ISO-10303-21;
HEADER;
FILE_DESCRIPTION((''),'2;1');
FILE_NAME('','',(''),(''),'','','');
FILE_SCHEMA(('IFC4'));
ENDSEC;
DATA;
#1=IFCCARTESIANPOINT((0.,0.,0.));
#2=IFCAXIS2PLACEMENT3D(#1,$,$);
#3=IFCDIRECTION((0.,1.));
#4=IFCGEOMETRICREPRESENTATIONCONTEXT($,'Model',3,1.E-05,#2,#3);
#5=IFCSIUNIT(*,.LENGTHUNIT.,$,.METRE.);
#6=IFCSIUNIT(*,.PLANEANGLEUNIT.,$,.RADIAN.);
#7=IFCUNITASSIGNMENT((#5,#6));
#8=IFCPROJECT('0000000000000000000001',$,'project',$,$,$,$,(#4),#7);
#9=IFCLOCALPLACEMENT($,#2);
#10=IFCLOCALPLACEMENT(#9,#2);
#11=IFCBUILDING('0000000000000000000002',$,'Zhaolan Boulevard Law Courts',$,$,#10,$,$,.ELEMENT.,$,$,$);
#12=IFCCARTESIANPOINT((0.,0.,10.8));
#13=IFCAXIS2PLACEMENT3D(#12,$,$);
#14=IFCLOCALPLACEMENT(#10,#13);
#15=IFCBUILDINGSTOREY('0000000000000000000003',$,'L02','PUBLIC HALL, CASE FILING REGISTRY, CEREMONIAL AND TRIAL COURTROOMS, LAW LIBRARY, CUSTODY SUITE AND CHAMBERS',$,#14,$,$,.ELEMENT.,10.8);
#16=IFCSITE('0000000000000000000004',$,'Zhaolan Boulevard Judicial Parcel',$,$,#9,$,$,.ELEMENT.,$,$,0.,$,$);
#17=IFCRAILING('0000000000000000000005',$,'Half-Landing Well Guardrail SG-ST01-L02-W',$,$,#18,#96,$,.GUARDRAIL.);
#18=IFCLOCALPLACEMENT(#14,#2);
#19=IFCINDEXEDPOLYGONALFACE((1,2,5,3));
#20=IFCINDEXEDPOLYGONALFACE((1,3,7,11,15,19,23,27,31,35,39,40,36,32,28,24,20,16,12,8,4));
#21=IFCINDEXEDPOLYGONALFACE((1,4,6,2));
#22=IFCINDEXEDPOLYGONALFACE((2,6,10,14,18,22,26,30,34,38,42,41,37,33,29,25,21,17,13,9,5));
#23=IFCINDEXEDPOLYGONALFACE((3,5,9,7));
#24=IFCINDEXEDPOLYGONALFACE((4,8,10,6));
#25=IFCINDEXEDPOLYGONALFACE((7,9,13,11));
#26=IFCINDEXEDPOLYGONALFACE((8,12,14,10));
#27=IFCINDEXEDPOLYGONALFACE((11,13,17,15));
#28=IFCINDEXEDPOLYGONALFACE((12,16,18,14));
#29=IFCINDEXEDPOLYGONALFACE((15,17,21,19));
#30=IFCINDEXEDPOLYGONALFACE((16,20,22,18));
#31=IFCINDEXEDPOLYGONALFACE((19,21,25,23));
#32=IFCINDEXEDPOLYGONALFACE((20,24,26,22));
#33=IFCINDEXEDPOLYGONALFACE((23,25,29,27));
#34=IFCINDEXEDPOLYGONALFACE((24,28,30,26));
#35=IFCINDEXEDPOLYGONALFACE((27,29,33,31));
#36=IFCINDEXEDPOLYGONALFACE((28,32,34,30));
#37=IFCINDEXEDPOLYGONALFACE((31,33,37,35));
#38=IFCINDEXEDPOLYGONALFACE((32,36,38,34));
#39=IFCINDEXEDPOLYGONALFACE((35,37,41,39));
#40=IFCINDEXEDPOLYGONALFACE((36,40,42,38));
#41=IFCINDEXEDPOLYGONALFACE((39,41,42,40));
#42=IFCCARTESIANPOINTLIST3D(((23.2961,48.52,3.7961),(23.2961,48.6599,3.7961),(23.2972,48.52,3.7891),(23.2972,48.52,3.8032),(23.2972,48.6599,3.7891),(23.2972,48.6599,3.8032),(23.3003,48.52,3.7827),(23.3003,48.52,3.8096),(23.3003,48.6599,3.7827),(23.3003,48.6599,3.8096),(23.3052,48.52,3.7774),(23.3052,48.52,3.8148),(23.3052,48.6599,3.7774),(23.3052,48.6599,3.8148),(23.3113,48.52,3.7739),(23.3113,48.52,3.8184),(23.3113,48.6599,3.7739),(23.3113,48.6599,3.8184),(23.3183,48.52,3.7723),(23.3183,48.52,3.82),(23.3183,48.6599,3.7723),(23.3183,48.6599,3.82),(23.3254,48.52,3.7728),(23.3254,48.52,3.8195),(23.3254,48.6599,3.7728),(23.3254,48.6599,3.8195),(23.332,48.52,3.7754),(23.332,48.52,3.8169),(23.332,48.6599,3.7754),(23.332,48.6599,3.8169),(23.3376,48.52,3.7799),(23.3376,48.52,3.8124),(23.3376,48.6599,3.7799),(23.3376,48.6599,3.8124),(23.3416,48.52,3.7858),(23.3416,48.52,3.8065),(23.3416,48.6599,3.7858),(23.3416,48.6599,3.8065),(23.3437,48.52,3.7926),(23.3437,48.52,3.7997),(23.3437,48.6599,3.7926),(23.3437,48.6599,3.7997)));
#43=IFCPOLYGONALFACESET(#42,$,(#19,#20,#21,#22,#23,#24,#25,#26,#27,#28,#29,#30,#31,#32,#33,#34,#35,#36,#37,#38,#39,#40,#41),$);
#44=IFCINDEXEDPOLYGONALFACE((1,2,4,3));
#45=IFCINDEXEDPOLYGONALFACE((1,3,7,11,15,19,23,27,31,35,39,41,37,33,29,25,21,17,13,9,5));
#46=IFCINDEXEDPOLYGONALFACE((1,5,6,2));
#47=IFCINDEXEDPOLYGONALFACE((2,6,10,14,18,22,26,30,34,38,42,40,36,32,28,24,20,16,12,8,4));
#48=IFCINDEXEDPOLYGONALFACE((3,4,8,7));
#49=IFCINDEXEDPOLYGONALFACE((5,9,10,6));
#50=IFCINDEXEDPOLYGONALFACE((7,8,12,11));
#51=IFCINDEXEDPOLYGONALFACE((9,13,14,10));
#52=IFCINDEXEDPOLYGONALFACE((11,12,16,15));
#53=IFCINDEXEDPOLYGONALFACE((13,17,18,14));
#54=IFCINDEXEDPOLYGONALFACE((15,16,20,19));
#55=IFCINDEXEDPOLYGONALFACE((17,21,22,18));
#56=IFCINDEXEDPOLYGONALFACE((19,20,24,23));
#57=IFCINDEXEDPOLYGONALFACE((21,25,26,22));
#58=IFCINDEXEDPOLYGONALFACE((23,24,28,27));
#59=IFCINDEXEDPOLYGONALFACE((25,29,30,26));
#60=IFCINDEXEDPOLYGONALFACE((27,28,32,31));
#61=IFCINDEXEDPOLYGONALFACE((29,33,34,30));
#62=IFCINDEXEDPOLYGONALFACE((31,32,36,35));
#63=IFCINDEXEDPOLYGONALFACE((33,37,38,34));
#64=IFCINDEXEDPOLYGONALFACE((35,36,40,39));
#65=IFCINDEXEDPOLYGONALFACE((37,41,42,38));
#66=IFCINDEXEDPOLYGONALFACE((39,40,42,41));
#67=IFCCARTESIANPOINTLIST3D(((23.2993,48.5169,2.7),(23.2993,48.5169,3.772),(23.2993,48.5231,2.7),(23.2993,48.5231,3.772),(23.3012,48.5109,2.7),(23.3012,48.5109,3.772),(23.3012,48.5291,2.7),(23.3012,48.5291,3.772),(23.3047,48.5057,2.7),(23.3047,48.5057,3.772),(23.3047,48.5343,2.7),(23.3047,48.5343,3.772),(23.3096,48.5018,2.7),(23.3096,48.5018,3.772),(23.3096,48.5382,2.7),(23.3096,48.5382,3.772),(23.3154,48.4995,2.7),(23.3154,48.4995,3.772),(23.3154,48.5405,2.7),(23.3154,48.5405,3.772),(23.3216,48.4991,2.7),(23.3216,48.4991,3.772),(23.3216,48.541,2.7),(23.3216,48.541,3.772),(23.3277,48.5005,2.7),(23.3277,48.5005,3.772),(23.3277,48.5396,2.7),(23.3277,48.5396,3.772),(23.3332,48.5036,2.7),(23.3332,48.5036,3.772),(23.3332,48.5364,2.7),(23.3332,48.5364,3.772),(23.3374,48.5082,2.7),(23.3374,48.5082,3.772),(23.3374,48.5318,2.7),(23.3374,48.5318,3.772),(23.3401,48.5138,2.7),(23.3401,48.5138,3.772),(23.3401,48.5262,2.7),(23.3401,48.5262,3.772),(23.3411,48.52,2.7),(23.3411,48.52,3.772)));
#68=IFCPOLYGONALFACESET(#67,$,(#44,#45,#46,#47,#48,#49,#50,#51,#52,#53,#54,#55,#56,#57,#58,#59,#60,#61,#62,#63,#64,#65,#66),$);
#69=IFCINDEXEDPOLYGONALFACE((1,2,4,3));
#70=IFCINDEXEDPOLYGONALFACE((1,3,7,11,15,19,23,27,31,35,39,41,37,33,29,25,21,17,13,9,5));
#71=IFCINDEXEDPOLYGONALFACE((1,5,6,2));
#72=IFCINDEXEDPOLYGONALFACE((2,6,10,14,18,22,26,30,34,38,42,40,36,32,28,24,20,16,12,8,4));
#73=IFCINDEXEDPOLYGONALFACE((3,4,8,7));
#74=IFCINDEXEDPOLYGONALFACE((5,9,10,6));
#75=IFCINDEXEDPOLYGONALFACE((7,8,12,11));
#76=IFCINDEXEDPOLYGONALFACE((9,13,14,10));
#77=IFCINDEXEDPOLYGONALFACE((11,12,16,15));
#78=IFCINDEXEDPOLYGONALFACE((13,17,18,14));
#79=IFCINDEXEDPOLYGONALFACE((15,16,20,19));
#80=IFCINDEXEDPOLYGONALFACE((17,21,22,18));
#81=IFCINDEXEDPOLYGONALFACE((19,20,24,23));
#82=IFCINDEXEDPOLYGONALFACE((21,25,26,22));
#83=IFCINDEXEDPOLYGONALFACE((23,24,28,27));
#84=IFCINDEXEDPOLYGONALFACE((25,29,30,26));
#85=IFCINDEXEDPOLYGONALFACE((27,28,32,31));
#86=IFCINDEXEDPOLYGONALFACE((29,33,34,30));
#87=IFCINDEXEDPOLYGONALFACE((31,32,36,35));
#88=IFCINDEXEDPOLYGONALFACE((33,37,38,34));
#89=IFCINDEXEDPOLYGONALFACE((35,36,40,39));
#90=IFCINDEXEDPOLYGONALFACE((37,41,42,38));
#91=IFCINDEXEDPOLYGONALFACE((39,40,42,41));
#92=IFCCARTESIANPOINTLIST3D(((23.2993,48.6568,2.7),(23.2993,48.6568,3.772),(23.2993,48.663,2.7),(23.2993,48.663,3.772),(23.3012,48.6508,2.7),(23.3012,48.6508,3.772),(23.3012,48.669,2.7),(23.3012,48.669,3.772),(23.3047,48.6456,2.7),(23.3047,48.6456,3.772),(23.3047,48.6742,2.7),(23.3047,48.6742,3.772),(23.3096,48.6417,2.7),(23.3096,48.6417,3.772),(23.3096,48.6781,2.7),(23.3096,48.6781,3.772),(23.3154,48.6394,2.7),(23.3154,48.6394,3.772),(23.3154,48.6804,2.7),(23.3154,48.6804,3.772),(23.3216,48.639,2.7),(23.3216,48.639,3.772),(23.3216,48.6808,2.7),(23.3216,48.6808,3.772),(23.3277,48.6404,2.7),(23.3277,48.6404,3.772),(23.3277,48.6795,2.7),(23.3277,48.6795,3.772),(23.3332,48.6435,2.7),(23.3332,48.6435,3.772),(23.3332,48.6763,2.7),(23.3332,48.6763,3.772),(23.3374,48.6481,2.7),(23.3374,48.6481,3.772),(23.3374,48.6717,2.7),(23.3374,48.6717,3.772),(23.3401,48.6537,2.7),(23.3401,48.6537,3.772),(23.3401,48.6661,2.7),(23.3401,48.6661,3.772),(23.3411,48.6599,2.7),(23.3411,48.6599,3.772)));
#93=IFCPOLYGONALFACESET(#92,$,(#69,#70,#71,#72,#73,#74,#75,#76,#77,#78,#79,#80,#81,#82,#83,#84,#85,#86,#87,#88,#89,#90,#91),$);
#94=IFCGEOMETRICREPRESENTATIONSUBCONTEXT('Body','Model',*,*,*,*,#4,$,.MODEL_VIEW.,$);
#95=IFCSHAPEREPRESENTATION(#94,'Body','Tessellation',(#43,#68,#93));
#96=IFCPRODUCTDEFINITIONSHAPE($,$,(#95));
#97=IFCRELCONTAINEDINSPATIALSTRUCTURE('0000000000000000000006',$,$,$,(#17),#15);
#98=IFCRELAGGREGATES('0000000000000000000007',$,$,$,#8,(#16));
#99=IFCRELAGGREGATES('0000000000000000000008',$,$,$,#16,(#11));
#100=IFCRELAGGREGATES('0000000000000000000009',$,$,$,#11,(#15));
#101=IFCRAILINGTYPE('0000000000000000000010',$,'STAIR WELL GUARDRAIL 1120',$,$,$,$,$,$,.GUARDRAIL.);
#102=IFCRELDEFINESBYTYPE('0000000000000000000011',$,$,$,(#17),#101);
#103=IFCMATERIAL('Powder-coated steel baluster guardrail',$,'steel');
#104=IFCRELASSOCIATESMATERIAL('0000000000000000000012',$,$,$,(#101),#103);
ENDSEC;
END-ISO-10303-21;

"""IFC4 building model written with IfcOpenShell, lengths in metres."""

from ifc_helpers import new_model, si_unit, direction, frame, origin, origin_2d, place, context, subcontext, project, spatial, circle, extrude, material, type_object, element, save


model = new_model("IFC4")

# Units and contexts
model_context = context("Model", 3, precision=1e-05, world=origin(), true_north=direction((0.0, 1.0)))
body_context = subcontext(model_context, "Body", "Model", "MODEL_VIEW")
ifc_project = project(units=[si_unit("LENGTHUNIT", "METRE"), si_unit("PLANEANGLEUNIT", "RADIAN")], contexts=[model_context])

# Site, building, storey
site_placement = place(None, origin())
site = spatial("IfcSite", under=ifc_project, at=site_placement, Name="Zhaolan Boulevard Judicial Parcel", CompositionType="ELEMENT", RefElevation=0.0)
building_placement = place(site_placement, origin())
building = spatial("IfcBuilding", under=site, at=building_placement, Name="Zhaolan Boulevard Law Courts", CompositionType="ELEMENT")
storey_placement = place(building_placement, frame((0.0, 0.0, 10.8)))
storey = spatial("IfcBuildingStorey", under=building, at=storey_placement, Name="L02", Description="PUBLIC HALL, CASE FILING REGISTRY, CEREMONIAL AND TRIAL COURTROOMS, LAW LIBRARY, CUSTODY SUITE AND CHAMBERS", CompositionType="ELEMENT", Elevation=10.8)

# Railing
ifc_material_1 = material(Name="Powder-coated steel baluster guardrail", Category="steel")
railing_type_1 = type_object("IfcRailingType", Name="STAIR WELL GUARDRAIL 1120", PredefinedType="GUARDRAIL", material=ifc_material_1)
railing_1_placement = place(storey_placement, frame((23.3201, 48.52, 2.7)))
element("IfcRailing", 1, at=railing_1_placement, inside=storey, type_object=railing_type_1, Name="Half-Landing Well Guardrail SG-ST01-L02-W", PredefinedType="GUARDRAIL", context=body_context, shape_type="SweptSolid", body=[
    extrude(circle(Radius=0.0239, at=origin_2d()), frame((0.0, 0.0, 1.0962), z_axis=(0.0, 1.0, 0.0), x_axis=(-1.0, 0.0, 0.0)), (0.0, 0.0, 1.0), 0.1399),
    extrude(circle(Radius=0.021, at=origin_2d()), origin(), (0.0, 0.0, 1.0), 1.072),
    extrude(circle(Radius=0.021, at=origin_2d()), frame((0.0, 0.1399, 0.0)), (0.0, 0.0, 1.0), 1.072),
])

save(model, "model.ifc")
